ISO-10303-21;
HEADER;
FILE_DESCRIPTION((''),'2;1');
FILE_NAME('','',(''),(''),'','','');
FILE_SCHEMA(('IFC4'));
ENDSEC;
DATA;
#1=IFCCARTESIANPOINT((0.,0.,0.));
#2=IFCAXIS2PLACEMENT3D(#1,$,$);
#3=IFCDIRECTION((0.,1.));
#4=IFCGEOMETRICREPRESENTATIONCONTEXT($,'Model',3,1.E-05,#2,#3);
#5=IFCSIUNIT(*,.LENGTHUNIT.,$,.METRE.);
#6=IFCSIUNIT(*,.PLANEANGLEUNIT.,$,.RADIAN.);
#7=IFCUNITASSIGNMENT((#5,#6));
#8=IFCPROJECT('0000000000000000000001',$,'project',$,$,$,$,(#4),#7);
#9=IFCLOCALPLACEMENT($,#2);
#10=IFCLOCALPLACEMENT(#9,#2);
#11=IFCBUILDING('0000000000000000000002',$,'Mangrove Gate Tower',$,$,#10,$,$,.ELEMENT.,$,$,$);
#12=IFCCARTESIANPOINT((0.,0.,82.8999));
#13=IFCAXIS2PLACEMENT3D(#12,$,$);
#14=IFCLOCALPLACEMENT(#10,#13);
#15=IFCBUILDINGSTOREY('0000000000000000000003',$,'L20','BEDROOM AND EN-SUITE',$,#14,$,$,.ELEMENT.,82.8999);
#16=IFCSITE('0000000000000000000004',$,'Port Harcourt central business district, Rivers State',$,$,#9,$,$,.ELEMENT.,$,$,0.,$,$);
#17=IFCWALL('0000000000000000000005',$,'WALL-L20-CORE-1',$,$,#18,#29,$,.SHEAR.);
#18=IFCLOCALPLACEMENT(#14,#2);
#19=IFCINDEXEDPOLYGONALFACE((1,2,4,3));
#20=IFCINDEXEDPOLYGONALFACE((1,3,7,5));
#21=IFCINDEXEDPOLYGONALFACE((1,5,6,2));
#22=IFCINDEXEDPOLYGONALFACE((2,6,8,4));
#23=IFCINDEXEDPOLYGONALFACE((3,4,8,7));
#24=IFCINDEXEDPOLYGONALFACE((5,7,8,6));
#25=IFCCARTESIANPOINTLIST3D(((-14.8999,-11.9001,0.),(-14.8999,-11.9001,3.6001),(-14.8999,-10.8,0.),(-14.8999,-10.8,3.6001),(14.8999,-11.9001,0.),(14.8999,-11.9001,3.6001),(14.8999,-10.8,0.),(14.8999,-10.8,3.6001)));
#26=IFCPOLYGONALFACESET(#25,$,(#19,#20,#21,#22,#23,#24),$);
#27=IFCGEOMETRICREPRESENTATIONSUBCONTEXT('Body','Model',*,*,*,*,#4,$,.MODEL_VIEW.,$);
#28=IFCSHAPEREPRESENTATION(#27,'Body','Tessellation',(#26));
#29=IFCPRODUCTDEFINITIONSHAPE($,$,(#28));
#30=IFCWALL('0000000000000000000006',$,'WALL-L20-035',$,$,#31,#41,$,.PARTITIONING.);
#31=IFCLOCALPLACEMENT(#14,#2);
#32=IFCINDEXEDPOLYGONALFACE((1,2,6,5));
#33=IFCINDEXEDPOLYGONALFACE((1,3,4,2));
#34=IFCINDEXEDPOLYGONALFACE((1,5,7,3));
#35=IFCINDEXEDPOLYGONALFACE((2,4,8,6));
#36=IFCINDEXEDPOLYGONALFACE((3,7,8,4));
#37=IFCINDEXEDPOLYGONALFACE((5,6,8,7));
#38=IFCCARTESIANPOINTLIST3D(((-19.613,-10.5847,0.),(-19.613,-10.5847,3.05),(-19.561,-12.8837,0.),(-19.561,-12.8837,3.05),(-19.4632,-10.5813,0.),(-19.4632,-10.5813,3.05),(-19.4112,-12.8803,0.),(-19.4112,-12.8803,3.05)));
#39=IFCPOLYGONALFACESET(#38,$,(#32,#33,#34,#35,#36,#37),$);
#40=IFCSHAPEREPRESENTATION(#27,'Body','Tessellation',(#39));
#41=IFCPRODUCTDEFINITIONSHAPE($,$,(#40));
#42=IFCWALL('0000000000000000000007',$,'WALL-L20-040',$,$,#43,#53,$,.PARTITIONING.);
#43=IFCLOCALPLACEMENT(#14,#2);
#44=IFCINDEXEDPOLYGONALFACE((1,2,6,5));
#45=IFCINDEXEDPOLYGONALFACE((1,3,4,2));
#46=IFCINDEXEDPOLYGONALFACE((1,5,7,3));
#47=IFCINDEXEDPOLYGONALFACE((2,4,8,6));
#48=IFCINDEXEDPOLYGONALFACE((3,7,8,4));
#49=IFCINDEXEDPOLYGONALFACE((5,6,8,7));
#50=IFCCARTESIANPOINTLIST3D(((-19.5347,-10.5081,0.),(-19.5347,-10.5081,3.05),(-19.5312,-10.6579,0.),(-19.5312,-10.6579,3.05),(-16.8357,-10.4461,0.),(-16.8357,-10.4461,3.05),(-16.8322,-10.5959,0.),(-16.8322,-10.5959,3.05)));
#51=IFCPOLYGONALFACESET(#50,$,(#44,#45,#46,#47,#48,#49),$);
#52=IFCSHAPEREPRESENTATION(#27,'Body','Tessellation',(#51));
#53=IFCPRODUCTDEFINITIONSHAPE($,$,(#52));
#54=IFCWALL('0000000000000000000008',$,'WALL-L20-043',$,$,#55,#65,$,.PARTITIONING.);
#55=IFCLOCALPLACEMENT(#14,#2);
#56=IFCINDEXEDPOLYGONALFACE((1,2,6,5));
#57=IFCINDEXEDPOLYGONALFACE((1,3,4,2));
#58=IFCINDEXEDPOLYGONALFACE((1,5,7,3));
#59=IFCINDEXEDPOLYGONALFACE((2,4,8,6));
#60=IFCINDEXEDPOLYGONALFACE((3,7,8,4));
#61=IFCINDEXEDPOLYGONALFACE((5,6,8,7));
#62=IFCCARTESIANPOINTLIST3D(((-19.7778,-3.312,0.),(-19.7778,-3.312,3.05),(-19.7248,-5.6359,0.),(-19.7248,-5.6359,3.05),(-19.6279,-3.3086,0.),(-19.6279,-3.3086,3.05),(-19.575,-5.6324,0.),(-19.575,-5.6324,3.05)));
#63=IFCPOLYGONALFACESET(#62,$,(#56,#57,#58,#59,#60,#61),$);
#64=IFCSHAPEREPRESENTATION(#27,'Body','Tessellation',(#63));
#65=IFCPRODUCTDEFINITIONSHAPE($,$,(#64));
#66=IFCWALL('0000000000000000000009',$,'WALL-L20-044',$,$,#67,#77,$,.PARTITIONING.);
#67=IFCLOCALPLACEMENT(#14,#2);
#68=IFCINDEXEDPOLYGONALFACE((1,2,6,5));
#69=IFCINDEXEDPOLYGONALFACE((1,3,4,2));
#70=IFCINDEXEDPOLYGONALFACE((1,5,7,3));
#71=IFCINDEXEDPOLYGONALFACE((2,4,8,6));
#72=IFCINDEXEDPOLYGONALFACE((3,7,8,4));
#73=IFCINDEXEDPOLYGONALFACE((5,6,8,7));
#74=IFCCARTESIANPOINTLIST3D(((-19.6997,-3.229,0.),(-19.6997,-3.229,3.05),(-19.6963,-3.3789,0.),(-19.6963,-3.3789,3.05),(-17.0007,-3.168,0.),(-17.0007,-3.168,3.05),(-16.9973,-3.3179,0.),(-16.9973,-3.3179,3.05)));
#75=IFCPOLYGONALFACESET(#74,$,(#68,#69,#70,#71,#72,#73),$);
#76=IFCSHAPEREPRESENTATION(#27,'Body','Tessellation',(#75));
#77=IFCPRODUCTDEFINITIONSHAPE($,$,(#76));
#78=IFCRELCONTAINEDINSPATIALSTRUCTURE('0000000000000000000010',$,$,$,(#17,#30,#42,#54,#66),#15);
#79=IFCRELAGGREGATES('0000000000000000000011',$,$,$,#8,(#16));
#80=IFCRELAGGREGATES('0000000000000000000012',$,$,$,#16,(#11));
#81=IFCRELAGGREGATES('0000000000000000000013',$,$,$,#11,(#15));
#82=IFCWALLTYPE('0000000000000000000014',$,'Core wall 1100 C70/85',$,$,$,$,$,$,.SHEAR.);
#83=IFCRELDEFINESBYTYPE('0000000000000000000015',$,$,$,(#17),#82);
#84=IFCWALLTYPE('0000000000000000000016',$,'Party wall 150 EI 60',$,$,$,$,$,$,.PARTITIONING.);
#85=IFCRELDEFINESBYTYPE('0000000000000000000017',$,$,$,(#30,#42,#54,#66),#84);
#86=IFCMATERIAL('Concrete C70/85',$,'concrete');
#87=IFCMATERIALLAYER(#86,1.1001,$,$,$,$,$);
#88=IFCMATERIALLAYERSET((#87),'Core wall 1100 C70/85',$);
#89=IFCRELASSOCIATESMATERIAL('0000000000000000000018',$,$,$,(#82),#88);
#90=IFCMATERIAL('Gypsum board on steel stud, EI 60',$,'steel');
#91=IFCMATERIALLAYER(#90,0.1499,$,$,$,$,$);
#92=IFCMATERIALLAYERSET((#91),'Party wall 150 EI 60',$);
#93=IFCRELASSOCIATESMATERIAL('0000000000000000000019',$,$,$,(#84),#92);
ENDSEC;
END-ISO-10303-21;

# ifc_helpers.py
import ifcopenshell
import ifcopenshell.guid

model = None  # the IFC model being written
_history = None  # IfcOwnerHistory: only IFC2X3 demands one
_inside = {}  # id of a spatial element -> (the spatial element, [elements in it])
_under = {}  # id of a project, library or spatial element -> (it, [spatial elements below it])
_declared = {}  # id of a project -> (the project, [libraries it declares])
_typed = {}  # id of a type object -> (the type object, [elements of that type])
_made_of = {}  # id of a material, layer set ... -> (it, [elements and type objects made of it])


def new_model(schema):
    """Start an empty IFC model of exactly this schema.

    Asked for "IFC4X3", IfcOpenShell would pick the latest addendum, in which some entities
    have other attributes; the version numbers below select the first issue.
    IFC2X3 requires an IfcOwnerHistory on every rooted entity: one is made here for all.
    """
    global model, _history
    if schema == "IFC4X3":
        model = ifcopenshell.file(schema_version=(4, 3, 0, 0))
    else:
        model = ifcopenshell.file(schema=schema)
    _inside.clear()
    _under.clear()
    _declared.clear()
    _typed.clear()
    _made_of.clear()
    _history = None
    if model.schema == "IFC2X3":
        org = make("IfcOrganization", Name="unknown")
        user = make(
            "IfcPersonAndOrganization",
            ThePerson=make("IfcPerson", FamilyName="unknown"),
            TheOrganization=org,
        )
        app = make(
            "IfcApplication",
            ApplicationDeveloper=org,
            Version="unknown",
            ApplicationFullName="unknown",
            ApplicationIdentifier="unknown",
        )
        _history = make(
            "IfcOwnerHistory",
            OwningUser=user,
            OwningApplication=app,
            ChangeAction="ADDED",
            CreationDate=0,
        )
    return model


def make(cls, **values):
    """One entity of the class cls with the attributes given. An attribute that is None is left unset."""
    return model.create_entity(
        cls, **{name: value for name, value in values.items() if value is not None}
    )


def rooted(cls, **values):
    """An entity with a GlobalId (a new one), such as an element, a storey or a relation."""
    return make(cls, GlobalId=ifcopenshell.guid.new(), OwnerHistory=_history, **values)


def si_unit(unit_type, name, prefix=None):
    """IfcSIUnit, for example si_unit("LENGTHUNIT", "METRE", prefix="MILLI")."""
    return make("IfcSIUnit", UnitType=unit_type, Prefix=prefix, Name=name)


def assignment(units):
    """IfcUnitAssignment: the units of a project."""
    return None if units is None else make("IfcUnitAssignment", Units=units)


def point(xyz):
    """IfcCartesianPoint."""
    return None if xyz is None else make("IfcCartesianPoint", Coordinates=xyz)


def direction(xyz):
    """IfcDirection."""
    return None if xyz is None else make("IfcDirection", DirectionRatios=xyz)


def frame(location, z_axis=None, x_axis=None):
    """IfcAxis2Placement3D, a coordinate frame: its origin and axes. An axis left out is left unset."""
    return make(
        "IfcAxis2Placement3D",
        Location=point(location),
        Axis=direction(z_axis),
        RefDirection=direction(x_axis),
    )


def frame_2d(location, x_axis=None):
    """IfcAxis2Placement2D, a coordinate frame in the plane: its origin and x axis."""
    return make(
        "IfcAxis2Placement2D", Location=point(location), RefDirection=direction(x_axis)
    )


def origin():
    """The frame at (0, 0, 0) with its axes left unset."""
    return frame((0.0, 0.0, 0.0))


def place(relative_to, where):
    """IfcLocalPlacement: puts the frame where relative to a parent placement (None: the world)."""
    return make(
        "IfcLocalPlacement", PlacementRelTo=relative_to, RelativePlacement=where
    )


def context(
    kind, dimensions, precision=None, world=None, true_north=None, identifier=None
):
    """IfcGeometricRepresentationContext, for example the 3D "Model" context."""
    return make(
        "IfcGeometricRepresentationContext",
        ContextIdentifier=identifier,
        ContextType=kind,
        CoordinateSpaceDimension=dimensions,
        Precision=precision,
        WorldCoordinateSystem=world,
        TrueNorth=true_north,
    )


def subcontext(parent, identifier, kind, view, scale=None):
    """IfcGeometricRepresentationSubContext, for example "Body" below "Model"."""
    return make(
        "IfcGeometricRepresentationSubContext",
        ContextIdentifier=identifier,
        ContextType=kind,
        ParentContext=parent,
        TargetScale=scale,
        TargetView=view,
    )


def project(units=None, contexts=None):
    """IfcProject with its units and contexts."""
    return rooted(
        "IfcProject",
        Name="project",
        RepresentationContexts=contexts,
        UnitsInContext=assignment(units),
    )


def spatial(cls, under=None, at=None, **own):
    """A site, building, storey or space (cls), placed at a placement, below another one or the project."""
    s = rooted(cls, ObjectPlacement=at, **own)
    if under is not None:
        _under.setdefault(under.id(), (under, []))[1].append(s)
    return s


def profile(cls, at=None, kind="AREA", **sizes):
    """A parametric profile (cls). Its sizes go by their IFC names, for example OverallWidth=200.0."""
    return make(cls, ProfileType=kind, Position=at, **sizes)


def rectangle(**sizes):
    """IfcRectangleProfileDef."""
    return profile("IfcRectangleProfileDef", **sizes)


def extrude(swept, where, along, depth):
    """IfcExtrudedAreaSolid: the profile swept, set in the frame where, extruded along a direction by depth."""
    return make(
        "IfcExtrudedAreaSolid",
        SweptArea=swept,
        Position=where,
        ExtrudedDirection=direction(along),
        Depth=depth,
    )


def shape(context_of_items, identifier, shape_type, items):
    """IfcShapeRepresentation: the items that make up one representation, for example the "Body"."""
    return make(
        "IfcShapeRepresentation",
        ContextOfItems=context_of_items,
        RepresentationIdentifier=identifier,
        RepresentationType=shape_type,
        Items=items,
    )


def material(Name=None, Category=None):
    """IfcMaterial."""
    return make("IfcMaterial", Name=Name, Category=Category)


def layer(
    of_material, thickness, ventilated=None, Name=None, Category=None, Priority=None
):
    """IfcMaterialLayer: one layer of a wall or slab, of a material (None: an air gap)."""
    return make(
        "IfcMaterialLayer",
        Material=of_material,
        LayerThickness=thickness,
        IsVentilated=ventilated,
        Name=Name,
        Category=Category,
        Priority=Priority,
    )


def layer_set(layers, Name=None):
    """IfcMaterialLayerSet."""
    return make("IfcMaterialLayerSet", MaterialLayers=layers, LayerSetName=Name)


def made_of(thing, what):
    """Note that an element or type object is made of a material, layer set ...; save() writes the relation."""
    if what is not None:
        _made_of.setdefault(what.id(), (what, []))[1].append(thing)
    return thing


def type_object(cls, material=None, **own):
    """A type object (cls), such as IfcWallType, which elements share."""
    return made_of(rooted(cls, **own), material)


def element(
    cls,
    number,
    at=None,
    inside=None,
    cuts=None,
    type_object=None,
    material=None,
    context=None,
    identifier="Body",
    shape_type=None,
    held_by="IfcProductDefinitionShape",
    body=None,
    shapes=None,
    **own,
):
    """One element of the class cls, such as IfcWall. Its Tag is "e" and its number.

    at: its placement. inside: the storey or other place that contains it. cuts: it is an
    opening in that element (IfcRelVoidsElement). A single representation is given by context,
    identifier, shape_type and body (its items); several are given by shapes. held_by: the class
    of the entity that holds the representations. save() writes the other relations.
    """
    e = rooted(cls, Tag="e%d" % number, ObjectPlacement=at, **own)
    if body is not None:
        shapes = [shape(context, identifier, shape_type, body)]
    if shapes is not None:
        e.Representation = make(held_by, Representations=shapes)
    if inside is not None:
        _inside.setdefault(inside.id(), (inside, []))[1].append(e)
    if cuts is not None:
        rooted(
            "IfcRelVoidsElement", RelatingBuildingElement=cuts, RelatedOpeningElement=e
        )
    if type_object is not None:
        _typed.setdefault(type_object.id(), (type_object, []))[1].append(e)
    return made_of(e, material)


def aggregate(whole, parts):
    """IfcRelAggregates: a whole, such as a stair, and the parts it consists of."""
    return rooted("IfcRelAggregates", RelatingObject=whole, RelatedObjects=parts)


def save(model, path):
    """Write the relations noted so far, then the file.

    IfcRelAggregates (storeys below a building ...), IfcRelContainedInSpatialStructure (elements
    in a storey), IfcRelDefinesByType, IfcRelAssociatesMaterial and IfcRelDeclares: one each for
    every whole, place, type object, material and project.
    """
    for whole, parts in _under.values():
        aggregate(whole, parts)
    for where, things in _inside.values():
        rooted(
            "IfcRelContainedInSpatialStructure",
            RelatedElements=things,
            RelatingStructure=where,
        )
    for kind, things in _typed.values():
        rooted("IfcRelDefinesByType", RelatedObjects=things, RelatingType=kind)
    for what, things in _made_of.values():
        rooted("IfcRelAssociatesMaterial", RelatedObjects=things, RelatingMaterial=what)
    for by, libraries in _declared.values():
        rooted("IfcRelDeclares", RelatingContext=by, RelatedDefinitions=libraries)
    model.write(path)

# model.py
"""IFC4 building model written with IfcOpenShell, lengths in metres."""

from ifc_helpers import new_model, si_unit, direction, frame, frame_2d, origin, place, context, subcontext, project, spatial, rectangle, extrude, material, layer, layer_set, type_object, element, save


model = new_model("IFC4")

# Units and contexts
model_context = context("Model", 3, precision=1e-05, world=origin(), true_north=direction((0.0, 1.0)))
body_context = subcontext(model_context, "Body", "Model", "MODEL_VIEW")
ifc_project = project(units=[si_unit("LENGTHUNIT", "METRE"), si_unit("PLANEANGLEUNIT", "RADIAN")], contexts=[model_context])

# Site, building, storey
site_placement = place(None, origin())
site = spatial("IfcSite", under=ifc_project, at=site_placement, Name="Port Harcourt central business district, Rivers State", CompositionType="ELEMENT", RefElevation=0.0)
building_placement = place(site_placement, origin())
building = spatial("IfcBuilding", under=site, at=building_placement, Name="Mangrove Gate Tower", CompositionType="ELEMENT")
storey_placement = place(building_placement, frame((0.0, 0.0, 82.8999)))
storey = spatial("IfcBuildingStorey", under=building, at=storey_placement, Name="L20", Description="BEDROOM AND EN-SUITE", CompositionType="ELEMENT", Elevation=82.8999)

# Walls
ifc_material_1 = material(Name="Concrete C70/85", Category="concrete")
ifc_layer_1 = layer(ifc_material_1, 1.1001)
ifc_layer_set_1 = layer_set([ifc_layer_1], Name="Core wall 1100 C70/85")
wall_type_1 = type_object("IfcWallType", Name="Core wall 1100 C70/85", PredefinedType="SHEAR", material=ifc_layer_set_1)
wall_1_placement = place(storey_placement, frame((-14.8999, -11.3501, 0.0), z_axis=(0.0, 0.0, 1.0), x_axis=(1.0, 0.0, 0.0)))
element("IfcWall", 1, at=wall_1_placement, inside=storey, type_object=wall_type_1, Name="WALL-L20-CORE-1", PredefinedType="SHEAR", context=body_context, shape_type="SweptSolid", body=[
    extrude(rectangle(XDim=29.7998, YDim=1.1001, at=frame_2d((14.8999, 0.0))), origin(), (0.0, 0.0, 1.0), 3.6001),
])
ifc_material_2 = material(Name="Gypsum board on steel stud, EI 60", Category="steel")
ifc_layer_2 = layer(ifc_material_2, 0.1499)
ifc_layer_set_2 = layer_set([ifc_layer_2], Name="Party wall 150 EI 60")
wall_type_2 = type_object("IfcWallType", Name="Party wall 150 EI 60", PredefinedType="PARTITIONING", material=ifc_layer_set_2)
wall_2_placement = place(storey_placement, frame((-19.4861, -12.8821, 0.0), z_axis=(0.0, 0.0, 1.0), x_axis=(-0.022613, 0.999744, 0.0)))
element("IfcWall", 2, at=wall_2_placement, inside=storey, type_object=wall_type_2, Name="WALL-L20-035", PredefinedType="PARTITIONING", context=body_context, shape_type="SweptSolid", body=[
    extrude(rectangle(XDim=2.2996, YDim=0.1499, at=frame_2d((1.1499, 0.0))), origin(), (0.0, 0.0, 1.0), 3.05),
])
wall_3_placement = place(storey_placement, frame((-19.533, -10.583, 0.0), z_axis=(0.0, 0.0, 1.0), x_axis=(0.999736, 0.02297, 0.0)))
element("IfcWall", 3, at=wall_3_placement, inside=storey, type_object=wall_type_2, Name="WALL-L20-040", PredefinedType="PARTITIONING", context=body_context, shape_type="SweptSolid", body=[
    extrude(rectangle(XDim=2.6997, YDim=0.1499, at=frame_2d((1.3499, 0.0))), origin(), (0.0, 0.0, 1.0), 3.05),
])
wall_4_placement = place(storey_placement, frame((-19.6499, -5.634, 0.0), z_axis=(0.0, 0.0, 1.0), x_axis=(-0.022791, 0.99974, 0.0)))
element("IfcWall", 4, at=wall_4_placement, inside=storey, type_object=wall_type_2, Name="WALL-L20-043", PredefinedType="PARTITIONING", context=body_context, shape_type="SweptSolid", body=[
    extrude(rectangle(XDim=2.3245, YDim=0.1499, at=frame_2d((1.1621, 0.0))), origin(), (0.0, 0.0, 1.0), 3.05),
])
wall_5_placement = place(storey_placement, frame((-19.698, -3.304, 0.0), z_axis=(0.0, 0.0, 1.0), x_axis=(0.999744, 0.022608, 0.0)))
element("IfcWall", 5, at=wall_5_placement, inside=storey, type_object=wall_type_2, Name="WALL-L20-044", PredefinedType="PARTITIONING", context=body_context, shape_type="SweptSolid", body=[
    extrude(rectangle(XDim=2.6997, YDim=0.1499, at=frame_2d((1.3499, 0.0))), origin(), (0.0, 0.0, 1.0), 3.05),
])

save(model, "model.ifc")
